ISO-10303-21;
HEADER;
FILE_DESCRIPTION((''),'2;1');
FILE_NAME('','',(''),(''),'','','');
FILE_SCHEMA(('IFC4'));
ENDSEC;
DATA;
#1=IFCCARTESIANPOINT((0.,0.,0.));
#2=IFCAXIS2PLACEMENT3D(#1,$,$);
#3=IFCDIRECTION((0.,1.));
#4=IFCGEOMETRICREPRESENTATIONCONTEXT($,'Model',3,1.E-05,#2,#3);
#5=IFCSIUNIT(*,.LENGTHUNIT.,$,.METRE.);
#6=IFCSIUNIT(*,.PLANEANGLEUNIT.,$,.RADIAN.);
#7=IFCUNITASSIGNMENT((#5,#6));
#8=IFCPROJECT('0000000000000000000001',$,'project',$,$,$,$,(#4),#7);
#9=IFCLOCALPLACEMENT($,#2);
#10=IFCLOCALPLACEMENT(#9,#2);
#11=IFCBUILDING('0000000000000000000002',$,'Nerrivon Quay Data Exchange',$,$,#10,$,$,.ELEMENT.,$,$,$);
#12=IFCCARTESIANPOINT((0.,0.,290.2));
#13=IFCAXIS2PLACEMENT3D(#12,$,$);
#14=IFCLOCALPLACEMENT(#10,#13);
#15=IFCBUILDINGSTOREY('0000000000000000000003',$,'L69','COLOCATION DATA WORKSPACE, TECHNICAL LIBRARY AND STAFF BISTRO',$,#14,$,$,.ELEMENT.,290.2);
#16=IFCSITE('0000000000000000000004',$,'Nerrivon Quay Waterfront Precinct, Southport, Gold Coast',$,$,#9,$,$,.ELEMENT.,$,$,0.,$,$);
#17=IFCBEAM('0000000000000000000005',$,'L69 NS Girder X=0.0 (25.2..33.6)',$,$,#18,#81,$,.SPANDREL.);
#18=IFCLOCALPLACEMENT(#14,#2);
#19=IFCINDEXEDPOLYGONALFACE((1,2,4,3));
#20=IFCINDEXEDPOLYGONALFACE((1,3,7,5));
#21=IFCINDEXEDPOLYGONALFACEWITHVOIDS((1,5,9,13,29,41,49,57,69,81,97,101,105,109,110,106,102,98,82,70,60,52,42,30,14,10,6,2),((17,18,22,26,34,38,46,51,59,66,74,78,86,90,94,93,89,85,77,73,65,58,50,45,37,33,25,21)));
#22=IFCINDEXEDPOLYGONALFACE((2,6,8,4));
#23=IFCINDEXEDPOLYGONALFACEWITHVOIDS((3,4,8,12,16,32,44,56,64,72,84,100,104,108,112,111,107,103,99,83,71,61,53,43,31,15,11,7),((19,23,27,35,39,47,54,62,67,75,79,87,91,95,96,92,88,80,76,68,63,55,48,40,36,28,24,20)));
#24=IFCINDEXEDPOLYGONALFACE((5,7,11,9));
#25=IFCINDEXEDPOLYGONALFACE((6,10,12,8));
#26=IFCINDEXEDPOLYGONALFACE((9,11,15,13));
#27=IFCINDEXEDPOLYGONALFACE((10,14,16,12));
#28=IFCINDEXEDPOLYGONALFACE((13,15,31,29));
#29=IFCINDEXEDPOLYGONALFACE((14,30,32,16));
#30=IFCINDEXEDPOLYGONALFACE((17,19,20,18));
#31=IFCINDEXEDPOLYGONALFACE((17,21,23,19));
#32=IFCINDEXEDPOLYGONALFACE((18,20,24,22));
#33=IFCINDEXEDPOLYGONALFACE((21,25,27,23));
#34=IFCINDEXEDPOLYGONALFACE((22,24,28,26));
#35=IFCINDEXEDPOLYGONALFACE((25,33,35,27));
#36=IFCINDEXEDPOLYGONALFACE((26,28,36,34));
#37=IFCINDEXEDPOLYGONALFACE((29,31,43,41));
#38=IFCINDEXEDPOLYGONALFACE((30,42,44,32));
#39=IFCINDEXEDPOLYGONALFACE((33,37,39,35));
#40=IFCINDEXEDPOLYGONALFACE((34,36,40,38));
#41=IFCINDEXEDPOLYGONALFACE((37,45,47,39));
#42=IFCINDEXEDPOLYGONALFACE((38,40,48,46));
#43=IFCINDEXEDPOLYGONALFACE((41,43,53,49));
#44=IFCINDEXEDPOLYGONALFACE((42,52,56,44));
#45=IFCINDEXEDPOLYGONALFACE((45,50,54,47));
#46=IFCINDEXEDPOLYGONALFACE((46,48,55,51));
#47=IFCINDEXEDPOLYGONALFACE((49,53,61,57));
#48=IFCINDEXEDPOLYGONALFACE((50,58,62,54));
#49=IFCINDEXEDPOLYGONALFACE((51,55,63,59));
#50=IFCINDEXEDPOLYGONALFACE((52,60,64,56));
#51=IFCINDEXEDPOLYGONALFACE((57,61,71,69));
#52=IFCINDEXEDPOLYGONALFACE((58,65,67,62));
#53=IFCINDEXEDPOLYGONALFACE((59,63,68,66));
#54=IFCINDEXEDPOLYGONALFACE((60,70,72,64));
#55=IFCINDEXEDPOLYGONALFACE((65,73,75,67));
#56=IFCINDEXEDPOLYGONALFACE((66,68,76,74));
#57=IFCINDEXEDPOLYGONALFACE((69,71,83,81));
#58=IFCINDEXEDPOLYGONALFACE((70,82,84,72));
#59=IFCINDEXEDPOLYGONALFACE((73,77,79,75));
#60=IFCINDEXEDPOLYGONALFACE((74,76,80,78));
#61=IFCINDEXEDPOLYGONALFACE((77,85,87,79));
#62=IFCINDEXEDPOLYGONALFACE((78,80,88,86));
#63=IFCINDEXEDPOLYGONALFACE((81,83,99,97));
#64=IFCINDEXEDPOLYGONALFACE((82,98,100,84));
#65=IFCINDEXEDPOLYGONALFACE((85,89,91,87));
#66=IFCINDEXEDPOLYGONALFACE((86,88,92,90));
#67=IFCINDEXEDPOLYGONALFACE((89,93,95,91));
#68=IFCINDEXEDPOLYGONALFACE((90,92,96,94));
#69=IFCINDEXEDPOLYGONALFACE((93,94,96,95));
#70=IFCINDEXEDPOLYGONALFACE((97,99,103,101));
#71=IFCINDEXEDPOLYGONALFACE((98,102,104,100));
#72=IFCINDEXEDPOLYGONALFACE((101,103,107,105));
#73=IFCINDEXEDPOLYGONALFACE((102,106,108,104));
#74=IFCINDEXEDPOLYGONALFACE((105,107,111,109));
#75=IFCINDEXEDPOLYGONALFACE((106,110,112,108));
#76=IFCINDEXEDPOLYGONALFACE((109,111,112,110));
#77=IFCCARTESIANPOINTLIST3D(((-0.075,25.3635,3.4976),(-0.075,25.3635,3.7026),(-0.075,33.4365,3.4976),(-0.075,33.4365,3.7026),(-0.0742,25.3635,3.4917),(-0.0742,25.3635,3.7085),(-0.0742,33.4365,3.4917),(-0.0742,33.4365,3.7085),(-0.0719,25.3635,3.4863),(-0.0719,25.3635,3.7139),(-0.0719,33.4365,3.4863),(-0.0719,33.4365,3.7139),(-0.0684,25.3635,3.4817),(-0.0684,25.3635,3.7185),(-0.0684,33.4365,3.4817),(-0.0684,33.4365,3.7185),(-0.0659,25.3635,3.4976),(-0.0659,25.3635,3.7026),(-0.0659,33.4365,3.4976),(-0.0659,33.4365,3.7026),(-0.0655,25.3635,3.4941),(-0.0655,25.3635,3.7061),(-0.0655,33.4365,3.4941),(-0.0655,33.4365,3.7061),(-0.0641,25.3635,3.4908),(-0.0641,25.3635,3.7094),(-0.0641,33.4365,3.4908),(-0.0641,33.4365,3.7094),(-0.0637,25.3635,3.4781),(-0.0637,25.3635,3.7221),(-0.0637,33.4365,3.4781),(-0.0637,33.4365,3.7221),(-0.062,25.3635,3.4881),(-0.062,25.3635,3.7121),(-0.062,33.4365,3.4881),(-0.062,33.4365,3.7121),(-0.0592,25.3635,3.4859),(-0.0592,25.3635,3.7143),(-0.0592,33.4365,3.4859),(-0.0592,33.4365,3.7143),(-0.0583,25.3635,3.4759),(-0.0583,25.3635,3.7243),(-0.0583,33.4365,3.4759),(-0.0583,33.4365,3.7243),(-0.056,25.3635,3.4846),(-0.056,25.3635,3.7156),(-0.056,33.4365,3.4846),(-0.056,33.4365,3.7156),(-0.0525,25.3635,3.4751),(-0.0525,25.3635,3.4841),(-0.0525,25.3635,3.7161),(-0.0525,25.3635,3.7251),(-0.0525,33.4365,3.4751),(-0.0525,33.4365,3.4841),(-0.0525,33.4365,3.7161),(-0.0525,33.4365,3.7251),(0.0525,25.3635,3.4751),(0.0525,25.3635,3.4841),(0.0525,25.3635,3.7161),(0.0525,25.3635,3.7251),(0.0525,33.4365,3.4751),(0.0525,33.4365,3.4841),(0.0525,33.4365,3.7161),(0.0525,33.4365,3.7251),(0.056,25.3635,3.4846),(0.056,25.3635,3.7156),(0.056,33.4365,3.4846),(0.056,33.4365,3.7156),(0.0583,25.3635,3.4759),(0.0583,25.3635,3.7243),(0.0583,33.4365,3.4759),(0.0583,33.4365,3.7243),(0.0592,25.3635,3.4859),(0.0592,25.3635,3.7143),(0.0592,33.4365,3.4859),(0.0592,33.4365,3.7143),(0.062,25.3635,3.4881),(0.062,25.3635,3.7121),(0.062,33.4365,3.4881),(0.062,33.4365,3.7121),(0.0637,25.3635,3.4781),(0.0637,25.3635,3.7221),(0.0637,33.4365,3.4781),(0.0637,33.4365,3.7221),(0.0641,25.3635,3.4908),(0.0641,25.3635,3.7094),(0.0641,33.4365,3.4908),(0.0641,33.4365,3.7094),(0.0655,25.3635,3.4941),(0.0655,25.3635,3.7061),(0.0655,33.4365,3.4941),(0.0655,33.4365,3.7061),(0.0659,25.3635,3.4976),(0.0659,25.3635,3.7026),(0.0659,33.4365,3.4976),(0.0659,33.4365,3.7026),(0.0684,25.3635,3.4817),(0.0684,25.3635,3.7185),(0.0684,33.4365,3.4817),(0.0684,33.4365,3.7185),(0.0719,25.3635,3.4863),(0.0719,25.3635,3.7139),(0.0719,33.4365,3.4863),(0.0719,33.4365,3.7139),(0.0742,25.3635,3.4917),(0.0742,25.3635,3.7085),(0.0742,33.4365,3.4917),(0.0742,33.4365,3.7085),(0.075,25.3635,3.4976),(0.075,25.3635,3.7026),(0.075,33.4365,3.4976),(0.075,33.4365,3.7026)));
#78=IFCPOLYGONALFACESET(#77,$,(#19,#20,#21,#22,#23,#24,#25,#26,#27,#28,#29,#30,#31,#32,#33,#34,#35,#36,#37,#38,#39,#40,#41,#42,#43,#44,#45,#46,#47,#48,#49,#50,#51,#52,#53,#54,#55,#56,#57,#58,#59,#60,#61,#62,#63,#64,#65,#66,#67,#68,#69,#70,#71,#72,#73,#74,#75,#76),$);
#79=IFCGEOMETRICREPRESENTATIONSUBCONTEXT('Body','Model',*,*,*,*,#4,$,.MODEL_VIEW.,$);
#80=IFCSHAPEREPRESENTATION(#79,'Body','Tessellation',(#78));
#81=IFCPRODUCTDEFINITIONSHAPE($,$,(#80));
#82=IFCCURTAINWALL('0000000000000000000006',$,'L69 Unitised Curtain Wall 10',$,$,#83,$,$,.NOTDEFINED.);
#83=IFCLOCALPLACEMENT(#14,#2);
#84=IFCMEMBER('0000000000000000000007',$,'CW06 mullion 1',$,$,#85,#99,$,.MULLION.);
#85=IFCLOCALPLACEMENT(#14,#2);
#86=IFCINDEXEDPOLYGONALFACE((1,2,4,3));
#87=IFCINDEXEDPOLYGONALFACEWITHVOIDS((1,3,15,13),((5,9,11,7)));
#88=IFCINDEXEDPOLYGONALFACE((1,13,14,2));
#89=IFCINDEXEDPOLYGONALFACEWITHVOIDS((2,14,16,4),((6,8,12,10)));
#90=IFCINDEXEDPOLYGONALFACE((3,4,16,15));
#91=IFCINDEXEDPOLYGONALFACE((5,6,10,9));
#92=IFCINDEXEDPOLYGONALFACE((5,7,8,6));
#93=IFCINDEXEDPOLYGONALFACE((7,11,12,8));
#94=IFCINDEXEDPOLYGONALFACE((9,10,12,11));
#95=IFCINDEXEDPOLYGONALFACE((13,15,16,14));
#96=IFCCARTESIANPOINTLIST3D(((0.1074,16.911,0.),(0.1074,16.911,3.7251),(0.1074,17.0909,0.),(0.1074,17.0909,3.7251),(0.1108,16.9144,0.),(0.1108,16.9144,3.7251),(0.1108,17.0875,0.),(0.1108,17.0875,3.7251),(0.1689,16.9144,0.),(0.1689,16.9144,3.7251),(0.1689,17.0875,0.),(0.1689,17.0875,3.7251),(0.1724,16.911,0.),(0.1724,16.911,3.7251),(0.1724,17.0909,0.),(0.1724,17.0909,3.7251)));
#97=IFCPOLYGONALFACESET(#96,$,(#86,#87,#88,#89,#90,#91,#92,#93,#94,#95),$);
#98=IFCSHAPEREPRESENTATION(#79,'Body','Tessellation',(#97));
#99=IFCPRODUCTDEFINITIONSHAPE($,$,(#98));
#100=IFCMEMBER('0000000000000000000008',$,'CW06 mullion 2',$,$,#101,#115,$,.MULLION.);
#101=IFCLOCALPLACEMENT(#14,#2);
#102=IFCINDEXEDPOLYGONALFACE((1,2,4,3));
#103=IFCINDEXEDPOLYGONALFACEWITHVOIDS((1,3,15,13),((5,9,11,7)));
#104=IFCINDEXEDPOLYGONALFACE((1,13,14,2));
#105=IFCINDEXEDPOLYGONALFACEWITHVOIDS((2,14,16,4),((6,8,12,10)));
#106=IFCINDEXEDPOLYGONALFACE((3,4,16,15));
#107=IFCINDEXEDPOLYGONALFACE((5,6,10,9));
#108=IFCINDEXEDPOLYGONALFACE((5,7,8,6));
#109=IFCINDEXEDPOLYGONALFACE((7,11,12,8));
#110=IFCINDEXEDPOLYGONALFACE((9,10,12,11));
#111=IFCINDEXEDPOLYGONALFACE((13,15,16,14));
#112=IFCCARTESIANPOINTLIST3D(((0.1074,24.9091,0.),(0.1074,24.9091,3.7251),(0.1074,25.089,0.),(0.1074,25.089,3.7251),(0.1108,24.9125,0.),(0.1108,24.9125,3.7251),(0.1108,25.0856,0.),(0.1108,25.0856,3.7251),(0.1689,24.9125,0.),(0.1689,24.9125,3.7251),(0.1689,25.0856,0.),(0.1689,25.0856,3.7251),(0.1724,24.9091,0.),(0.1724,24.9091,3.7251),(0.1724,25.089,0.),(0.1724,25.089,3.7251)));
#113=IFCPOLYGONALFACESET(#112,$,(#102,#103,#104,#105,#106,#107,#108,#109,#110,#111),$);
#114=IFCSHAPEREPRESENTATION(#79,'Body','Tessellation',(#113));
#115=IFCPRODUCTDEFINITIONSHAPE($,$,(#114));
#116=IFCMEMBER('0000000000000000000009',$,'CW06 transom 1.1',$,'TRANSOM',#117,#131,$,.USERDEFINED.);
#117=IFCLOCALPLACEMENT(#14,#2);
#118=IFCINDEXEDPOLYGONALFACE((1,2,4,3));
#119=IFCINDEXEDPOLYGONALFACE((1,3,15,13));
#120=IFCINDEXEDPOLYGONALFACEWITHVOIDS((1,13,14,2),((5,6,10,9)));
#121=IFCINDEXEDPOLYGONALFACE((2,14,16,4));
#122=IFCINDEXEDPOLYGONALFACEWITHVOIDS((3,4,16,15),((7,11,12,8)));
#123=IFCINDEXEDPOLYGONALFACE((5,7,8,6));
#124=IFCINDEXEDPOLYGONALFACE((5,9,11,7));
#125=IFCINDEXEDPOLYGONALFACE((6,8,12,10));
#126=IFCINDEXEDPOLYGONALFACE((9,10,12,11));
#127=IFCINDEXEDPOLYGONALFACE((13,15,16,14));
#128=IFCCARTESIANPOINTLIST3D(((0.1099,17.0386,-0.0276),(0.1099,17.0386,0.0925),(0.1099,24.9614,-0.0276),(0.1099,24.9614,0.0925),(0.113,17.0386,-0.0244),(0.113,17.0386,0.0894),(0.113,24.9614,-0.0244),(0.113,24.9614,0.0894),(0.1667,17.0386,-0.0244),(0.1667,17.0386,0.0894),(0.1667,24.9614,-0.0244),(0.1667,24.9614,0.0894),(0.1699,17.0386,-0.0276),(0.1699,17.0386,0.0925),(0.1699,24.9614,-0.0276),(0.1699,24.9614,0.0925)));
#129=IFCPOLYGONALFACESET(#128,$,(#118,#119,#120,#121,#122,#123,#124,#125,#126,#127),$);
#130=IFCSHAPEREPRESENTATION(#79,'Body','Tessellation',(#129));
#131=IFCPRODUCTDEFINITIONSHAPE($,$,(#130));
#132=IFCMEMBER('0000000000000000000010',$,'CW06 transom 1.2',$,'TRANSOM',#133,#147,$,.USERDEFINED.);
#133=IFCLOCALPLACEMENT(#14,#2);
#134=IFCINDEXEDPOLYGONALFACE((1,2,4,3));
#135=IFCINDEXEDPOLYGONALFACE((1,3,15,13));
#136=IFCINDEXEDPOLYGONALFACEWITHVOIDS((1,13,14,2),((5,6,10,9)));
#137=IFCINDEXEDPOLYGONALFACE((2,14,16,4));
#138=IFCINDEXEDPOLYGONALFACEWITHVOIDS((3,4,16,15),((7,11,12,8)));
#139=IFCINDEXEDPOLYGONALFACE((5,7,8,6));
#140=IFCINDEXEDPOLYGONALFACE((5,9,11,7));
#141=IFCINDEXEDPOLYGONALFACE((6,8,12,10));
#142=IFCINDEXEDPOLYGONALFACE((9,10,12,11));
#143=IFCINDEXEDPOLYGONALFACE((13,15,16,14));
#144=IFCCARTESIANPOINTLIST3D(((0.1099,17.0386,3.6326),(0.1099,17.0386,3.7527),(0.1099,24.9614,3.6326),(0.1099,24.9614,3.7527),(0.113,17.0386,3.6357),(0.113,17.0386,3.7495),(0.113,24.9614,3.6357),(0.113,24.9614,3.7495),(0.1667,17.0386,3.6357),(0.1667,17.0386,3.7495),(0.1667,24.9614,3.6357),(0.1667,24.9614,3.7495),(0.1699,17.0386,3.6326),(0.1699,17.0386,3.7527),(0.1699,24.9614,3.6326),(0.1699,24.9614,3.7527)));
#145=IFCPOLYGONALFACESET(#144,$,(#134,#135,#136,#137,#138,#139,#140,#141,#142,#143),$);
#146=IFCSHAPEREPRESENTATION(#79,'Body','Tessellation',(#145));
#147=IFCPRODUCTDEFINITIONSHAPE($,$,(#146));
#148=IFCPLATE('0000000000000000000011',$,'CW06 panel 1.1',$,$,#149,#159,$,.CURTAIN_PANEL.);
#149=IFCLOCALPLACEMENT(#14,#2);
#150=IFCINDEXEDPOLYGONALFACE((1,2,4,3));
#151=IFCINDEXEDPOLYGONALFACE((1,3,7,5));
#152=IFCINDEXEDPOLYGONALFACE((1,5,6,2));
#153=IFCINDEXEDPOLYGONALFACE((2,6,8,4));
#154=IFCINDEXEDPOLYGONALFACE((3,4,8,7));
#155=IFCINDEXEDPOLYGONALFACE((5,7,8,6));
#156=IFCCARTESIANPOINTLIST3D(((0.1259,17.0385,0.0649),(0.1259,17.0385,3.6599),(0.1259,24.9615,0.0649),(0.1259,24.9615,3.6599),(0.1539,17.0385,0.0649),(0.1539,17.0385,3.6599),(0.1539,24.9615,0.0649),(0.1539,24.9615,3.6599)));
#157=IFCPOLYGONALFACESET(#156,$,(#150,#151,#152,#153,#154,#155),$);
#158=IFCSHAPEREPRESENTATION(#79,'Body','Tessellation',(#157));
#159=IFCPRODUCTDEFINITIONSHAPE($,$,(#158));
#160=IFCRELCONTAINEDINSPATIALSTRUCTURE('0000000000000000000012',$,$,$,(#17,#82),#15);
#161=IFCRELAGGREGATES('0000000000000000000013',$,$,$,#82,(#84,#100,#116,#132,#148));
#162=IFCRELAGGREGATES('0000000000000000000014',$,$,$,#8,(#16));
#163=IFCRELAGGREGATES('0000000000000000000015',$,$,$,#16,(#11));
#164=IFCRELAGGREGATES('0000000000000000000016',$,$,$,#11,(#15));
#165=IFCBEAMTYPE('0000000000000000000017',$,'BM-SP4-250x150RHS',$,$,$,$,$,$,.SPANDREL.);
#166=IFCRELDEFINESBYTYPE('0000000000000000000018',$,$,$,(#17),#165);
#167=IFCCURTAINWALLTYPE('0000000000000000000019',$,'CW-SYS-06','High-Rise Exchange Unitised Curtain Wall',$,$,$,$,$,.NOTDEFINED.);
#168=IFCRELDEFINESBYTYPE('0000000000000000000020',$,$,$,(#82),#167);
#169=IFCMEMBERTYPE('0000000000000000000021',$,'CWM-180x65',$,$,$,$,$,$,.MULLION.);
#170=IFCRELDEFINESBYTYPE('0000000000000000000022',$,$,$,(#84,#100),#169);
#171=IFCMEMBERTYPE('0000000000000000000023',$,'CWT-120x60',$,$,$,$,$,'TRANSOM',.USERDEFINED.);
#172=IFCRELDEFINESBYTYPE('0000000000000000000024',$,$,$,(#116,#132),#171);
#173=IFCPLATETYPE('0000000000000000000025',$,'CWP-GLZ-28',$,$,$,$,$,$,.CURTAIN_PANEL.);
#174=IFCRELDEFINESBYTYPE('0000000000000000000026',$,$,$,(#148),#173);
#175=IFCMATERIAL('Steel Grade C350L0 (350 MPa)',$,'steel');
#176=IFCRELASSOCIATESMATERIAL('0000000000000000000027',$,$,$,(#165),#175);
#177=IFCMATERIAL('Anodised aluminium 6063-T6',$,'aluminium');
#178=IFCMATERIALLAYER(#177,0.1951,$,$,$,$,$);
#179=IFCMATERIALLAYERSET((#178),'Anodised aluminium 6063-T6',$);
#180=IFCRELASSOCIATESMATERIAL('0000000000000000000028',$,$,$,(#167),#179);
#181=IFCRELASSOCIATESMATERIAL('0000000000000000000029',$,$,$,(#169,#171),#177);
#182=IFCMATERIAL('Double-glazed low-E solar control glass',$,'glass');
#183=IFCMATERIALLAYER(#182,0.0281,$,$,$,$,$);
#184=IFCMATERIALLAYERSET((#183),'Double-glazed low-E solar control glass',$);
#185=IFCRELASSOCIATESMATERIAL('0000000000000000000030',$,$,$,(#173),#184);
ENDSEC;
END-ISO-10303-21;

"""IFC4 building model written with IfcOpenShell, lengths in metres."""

from ifc_helpers import new_model, si_unit, direction, frame, origin, origin_2d, place, context, subcontext, project, spatial, rectangle, hollow_rectangle, extrude, material, layer, layer_set, material_profile, profile_set, type_object, element, aggregate, save


model = new_model("IFC4")

# Units and contexts
model_context = context("Model", 3, precision=1e-05, world=origin(), true_north=direction((0.0, 1.0)))
body_context = subcontext(model_context, "Body", "Model", "MODEL_VIEW")
ifc_project = project(units=[si_unit("LENGTHUNIT", "METRE"), si_unit("PLANEANGLEUNIT", "RADIAN")], contexts=[model_context])

# Site, building, storey
site_placement = place(None, origin())
site = spatial("IfcSite", under=ifc_project, at=site_placement, Name="Nerrivon Quay Waterfront Precinct, Southport, Gold Coast", CompositionType="ELEMENT", RefElevation=0.0)
building_placement = place(site_placement, origin())
building = spatial("IfcBuilding", under=site, at=building_placement, Name="Nerrivon Quay Data Exchange", CompositionType="ELEMENT")
storey_placement = place(building_placement, frame((0.0, 0.0, 290.2)))
storey = spatial("IfcBuildingStorey", under=building, at=storey_placement, Name="L69", Description="COLOCATION DATA WORKSPACE, TECHNICAL LIBRARY AND STAFF BISTRO", CompositionType="ELEMENT", Elevation=290.2)

# Beam
ifc_material_1 = material(Name="Steel Grade C350L0 (350 MPa)", Category="steel")
ifc_material_profile_1 = material_profile(ifc_material_1, hollow_rectangle(XDim=0.1499, YDim=0.25, WallThickness=0.009, InnerFilletRadius=0.0134, OuterFilletRadius=0.0225, at=origin_2d()), Name="250x150x9.0RHS")
ifc_profile_set_1 = profile_set([ifc_material_profile_1], Name="Steel Grade C350L0 (350 MPa)")
beam_type_1 = type_object("IfcBeamType", Name="BM-SP4-250x150RHS", PredefinedType="SPANDREL", material=ifc_profile_set_1)
beam_1_placement = place(storey_placement, frame((0.0, 25.3635, 3.6001), z_axis=(0.0, 1.0, 0.0), x_axis=(-1.0, 0.0, 0.0)))
element("IfcBeam", 1, at=beam_1_placement, inside=storey, type_object=beam_type_1, Name="L69 NS Girder X=0.0 (25.2..33.6)", PredefinedType="SPANDREL", context=body_context, shape_type="SweptSolid", body=[
    extrude(hollow_rectangle(XDim=0.1499, YDim=0.25, WallThickness=0.009, InnerFilletRadius=0.0134, OuterFilletRadius=0.0225, at=origin_2d()), origin(), (0.0, 0.0, 1.0), 8.073),
])

# Curtain wall, members, plate
ifc_material_2 = material(Name="Anodised aluminium 6063-T6", Category="aluminium")
ifc_layer_1 = layer(ifc_material_2, 0.1951)
ifc_layer_set_1 = layer_set([ifc_layer_1], Name="Anodised aluminium 6063-T6")
curtain_wall_type = type_object("IfcCurtainWallType", Name="CW-SYS-06", Description="High-Rise Exchange Unitised Curtain Wall", PredefinedType="NOTDEFINED", material=ifc_layer_set_1)
curtain_wall_placement = place(storey_placement, origin())
curtain_wall = element("IfcCurtainWall", 2, at=curtain_wall_placement, inside=storey, type_object=curtain_wall_type, Name="L69 Unitised Curtain Wall 10", PredefinedType="NOTDEFINED")
ifc_material_profile_2 = material_profile(ifc_material_2, hollow_rectangle(XDim=0.0649, YDim=0.1799, WallThickness=0.0034, at=origin_2d()), Name="ALU-MULL-180x65")
ifc_profile_set_2 = profile_set([ifc_material_profile_2], Name="Anodised aluminium 6063-T6")
member_type_1 = type_object("IfcMemberType", Name="CWM-180x65", PredefinedType="MULLION", material=ifc_profile_set_2)
member_1_placement = place(storey_placement, frame((0.1399, 17.001, 0.0), z_axis=(0.0, 0.0, 1.0), x_axis=(-1.0, 0.0, 0.0)))
member_1 = element("IfcMember", 3, at=member_1_placement, type_object=member_type_1, Name="CW06 mullion 1", PredefinedType="MULLION", context=body_context, shape_type="SweptSolid", body=[
    extrude(hollow_rectangle(XDim=0.0649, YDim=0.1799, WallThickness=0.0034, at=origin_2d()), origin(), (0.0, 0.0, 1.0), 3.7251),
])
member_2_placement = place(storey_placement, frame((0.1399, 24.999, 0.0), z_axis=(0.0, 0.0, 1.0), x_axis=(-1.0, 0.0, 0.0)))
member_2 = element("IfcMember", 4, at=member_2_placement, type_object=member_type_1, Name="CW06 mullion 2", PredefinedType="MULLION", context=body_context, shape_type="SweptSolid", body=[
    extrude(hollow_rectangle(XDim=0.0649, YDim=0.1799, WallThickness=0.0034, at=origin_2d()), origin(), (0.0, 0.0, 1.0), 3.7251),
])
ifc_material_profile_3 = material_profile(ifc_material_2, hollow_rectangle(XDim=0.0601, YDim=0.1201, WallThickness=0.0032, at=origin_2d()), Name="ALU-TRAN-120x60")
ifc_profile_set_3 = profile_set([ifc_material_profile_3], Name="Anodised aluminium 6063-T6")
member_type_2 = type_object("IfcMemberType", Name="CWT-120x60", ElementType="TRANSOM", PredefinedType="USERDEFINED", material=ifc_profile_set_3)
member_3_placement = place(storey_placement, frame((0.1399, 17.0386, 0.0325), z_axis=(0.0, 1.0, 0.0), x_axis=(-1.0, 0.0, 0.0)))
member_3 = element("IfcMember", 5, at=member_3_placement, type_object=member_type_2, Name="CW06 transom 1.1", ObjectType="TRANSOM", PredefinedType="USERDEFINED", context=body_context, shape_type="SweptSolid", body=[
    extrude(hollow_rectangle(XDim=0.0601, YDim=0.1201, WallThickness=0.0032, at=origin_2d()), origin(), (0.0, 0.0, 1.0), 7.9229),
])
member_4_placement = place(storey_placement, frame((0.1399, 17.0386, 3.6926), z_axis=(0.0, 1.0, 0.0), x_axis=(-1.0, 0.0, 0.0)))
member_4 = element("IfcMember", 6, at=member_4_placement, type_object=member_type_2, Name="CW06 transom 1.2", ObjectType="TRANSOM", PredefinedType="USERDEFINED", context=body_context, shape_type="SweptSolid", body=[
    extrude(hollow_rectangle(XDim=0.0601, YDim=0.1201, WallThickness=0.0032, at=origin_2d()), origin(), (0.0, 0.0, 1.0), 7.9229),
])
ifc_material_3 = material(Name="Double-glazed low-E solar control glass", Category="glass")
ifc_layer_2 = layer(ifc_material_3, 0.0281)
ifc_layer_set_2 = layer_set([ifc_layer_2], Name="Double-glazed low-E solar control glass")
plate_type = type_object("IfcPlateType", Name="CWP-GLZ-28", PredefinedType="CURTAIN_PANEL", material=ifc_layer_set_2)
plate_placement = place(storey_placement, frame((0.1399, 21.0, 0.0649), z_axis=(0.0, 0.0, 1.0), x_axis=(0.0, 1.0, 0.0)))
plate = element("IfcPlate", 7, at=plate_placement, type_object=plate_type, Name="CW06 panel 1.1", PredefinedType="CURTAIN_PANEL", context=body_context, shape_type="SweptSolid", body=[
    extrude(rectangle(XDim=7.9231, YDim=0.0281, at=origin_2d()), origin(), (0.0, 0.0, 1.0), 3.595),
])
aggregate(curtain_wall, [member_1, member_2, member_3, member_4, plate])

save(model, "model.ifc")
